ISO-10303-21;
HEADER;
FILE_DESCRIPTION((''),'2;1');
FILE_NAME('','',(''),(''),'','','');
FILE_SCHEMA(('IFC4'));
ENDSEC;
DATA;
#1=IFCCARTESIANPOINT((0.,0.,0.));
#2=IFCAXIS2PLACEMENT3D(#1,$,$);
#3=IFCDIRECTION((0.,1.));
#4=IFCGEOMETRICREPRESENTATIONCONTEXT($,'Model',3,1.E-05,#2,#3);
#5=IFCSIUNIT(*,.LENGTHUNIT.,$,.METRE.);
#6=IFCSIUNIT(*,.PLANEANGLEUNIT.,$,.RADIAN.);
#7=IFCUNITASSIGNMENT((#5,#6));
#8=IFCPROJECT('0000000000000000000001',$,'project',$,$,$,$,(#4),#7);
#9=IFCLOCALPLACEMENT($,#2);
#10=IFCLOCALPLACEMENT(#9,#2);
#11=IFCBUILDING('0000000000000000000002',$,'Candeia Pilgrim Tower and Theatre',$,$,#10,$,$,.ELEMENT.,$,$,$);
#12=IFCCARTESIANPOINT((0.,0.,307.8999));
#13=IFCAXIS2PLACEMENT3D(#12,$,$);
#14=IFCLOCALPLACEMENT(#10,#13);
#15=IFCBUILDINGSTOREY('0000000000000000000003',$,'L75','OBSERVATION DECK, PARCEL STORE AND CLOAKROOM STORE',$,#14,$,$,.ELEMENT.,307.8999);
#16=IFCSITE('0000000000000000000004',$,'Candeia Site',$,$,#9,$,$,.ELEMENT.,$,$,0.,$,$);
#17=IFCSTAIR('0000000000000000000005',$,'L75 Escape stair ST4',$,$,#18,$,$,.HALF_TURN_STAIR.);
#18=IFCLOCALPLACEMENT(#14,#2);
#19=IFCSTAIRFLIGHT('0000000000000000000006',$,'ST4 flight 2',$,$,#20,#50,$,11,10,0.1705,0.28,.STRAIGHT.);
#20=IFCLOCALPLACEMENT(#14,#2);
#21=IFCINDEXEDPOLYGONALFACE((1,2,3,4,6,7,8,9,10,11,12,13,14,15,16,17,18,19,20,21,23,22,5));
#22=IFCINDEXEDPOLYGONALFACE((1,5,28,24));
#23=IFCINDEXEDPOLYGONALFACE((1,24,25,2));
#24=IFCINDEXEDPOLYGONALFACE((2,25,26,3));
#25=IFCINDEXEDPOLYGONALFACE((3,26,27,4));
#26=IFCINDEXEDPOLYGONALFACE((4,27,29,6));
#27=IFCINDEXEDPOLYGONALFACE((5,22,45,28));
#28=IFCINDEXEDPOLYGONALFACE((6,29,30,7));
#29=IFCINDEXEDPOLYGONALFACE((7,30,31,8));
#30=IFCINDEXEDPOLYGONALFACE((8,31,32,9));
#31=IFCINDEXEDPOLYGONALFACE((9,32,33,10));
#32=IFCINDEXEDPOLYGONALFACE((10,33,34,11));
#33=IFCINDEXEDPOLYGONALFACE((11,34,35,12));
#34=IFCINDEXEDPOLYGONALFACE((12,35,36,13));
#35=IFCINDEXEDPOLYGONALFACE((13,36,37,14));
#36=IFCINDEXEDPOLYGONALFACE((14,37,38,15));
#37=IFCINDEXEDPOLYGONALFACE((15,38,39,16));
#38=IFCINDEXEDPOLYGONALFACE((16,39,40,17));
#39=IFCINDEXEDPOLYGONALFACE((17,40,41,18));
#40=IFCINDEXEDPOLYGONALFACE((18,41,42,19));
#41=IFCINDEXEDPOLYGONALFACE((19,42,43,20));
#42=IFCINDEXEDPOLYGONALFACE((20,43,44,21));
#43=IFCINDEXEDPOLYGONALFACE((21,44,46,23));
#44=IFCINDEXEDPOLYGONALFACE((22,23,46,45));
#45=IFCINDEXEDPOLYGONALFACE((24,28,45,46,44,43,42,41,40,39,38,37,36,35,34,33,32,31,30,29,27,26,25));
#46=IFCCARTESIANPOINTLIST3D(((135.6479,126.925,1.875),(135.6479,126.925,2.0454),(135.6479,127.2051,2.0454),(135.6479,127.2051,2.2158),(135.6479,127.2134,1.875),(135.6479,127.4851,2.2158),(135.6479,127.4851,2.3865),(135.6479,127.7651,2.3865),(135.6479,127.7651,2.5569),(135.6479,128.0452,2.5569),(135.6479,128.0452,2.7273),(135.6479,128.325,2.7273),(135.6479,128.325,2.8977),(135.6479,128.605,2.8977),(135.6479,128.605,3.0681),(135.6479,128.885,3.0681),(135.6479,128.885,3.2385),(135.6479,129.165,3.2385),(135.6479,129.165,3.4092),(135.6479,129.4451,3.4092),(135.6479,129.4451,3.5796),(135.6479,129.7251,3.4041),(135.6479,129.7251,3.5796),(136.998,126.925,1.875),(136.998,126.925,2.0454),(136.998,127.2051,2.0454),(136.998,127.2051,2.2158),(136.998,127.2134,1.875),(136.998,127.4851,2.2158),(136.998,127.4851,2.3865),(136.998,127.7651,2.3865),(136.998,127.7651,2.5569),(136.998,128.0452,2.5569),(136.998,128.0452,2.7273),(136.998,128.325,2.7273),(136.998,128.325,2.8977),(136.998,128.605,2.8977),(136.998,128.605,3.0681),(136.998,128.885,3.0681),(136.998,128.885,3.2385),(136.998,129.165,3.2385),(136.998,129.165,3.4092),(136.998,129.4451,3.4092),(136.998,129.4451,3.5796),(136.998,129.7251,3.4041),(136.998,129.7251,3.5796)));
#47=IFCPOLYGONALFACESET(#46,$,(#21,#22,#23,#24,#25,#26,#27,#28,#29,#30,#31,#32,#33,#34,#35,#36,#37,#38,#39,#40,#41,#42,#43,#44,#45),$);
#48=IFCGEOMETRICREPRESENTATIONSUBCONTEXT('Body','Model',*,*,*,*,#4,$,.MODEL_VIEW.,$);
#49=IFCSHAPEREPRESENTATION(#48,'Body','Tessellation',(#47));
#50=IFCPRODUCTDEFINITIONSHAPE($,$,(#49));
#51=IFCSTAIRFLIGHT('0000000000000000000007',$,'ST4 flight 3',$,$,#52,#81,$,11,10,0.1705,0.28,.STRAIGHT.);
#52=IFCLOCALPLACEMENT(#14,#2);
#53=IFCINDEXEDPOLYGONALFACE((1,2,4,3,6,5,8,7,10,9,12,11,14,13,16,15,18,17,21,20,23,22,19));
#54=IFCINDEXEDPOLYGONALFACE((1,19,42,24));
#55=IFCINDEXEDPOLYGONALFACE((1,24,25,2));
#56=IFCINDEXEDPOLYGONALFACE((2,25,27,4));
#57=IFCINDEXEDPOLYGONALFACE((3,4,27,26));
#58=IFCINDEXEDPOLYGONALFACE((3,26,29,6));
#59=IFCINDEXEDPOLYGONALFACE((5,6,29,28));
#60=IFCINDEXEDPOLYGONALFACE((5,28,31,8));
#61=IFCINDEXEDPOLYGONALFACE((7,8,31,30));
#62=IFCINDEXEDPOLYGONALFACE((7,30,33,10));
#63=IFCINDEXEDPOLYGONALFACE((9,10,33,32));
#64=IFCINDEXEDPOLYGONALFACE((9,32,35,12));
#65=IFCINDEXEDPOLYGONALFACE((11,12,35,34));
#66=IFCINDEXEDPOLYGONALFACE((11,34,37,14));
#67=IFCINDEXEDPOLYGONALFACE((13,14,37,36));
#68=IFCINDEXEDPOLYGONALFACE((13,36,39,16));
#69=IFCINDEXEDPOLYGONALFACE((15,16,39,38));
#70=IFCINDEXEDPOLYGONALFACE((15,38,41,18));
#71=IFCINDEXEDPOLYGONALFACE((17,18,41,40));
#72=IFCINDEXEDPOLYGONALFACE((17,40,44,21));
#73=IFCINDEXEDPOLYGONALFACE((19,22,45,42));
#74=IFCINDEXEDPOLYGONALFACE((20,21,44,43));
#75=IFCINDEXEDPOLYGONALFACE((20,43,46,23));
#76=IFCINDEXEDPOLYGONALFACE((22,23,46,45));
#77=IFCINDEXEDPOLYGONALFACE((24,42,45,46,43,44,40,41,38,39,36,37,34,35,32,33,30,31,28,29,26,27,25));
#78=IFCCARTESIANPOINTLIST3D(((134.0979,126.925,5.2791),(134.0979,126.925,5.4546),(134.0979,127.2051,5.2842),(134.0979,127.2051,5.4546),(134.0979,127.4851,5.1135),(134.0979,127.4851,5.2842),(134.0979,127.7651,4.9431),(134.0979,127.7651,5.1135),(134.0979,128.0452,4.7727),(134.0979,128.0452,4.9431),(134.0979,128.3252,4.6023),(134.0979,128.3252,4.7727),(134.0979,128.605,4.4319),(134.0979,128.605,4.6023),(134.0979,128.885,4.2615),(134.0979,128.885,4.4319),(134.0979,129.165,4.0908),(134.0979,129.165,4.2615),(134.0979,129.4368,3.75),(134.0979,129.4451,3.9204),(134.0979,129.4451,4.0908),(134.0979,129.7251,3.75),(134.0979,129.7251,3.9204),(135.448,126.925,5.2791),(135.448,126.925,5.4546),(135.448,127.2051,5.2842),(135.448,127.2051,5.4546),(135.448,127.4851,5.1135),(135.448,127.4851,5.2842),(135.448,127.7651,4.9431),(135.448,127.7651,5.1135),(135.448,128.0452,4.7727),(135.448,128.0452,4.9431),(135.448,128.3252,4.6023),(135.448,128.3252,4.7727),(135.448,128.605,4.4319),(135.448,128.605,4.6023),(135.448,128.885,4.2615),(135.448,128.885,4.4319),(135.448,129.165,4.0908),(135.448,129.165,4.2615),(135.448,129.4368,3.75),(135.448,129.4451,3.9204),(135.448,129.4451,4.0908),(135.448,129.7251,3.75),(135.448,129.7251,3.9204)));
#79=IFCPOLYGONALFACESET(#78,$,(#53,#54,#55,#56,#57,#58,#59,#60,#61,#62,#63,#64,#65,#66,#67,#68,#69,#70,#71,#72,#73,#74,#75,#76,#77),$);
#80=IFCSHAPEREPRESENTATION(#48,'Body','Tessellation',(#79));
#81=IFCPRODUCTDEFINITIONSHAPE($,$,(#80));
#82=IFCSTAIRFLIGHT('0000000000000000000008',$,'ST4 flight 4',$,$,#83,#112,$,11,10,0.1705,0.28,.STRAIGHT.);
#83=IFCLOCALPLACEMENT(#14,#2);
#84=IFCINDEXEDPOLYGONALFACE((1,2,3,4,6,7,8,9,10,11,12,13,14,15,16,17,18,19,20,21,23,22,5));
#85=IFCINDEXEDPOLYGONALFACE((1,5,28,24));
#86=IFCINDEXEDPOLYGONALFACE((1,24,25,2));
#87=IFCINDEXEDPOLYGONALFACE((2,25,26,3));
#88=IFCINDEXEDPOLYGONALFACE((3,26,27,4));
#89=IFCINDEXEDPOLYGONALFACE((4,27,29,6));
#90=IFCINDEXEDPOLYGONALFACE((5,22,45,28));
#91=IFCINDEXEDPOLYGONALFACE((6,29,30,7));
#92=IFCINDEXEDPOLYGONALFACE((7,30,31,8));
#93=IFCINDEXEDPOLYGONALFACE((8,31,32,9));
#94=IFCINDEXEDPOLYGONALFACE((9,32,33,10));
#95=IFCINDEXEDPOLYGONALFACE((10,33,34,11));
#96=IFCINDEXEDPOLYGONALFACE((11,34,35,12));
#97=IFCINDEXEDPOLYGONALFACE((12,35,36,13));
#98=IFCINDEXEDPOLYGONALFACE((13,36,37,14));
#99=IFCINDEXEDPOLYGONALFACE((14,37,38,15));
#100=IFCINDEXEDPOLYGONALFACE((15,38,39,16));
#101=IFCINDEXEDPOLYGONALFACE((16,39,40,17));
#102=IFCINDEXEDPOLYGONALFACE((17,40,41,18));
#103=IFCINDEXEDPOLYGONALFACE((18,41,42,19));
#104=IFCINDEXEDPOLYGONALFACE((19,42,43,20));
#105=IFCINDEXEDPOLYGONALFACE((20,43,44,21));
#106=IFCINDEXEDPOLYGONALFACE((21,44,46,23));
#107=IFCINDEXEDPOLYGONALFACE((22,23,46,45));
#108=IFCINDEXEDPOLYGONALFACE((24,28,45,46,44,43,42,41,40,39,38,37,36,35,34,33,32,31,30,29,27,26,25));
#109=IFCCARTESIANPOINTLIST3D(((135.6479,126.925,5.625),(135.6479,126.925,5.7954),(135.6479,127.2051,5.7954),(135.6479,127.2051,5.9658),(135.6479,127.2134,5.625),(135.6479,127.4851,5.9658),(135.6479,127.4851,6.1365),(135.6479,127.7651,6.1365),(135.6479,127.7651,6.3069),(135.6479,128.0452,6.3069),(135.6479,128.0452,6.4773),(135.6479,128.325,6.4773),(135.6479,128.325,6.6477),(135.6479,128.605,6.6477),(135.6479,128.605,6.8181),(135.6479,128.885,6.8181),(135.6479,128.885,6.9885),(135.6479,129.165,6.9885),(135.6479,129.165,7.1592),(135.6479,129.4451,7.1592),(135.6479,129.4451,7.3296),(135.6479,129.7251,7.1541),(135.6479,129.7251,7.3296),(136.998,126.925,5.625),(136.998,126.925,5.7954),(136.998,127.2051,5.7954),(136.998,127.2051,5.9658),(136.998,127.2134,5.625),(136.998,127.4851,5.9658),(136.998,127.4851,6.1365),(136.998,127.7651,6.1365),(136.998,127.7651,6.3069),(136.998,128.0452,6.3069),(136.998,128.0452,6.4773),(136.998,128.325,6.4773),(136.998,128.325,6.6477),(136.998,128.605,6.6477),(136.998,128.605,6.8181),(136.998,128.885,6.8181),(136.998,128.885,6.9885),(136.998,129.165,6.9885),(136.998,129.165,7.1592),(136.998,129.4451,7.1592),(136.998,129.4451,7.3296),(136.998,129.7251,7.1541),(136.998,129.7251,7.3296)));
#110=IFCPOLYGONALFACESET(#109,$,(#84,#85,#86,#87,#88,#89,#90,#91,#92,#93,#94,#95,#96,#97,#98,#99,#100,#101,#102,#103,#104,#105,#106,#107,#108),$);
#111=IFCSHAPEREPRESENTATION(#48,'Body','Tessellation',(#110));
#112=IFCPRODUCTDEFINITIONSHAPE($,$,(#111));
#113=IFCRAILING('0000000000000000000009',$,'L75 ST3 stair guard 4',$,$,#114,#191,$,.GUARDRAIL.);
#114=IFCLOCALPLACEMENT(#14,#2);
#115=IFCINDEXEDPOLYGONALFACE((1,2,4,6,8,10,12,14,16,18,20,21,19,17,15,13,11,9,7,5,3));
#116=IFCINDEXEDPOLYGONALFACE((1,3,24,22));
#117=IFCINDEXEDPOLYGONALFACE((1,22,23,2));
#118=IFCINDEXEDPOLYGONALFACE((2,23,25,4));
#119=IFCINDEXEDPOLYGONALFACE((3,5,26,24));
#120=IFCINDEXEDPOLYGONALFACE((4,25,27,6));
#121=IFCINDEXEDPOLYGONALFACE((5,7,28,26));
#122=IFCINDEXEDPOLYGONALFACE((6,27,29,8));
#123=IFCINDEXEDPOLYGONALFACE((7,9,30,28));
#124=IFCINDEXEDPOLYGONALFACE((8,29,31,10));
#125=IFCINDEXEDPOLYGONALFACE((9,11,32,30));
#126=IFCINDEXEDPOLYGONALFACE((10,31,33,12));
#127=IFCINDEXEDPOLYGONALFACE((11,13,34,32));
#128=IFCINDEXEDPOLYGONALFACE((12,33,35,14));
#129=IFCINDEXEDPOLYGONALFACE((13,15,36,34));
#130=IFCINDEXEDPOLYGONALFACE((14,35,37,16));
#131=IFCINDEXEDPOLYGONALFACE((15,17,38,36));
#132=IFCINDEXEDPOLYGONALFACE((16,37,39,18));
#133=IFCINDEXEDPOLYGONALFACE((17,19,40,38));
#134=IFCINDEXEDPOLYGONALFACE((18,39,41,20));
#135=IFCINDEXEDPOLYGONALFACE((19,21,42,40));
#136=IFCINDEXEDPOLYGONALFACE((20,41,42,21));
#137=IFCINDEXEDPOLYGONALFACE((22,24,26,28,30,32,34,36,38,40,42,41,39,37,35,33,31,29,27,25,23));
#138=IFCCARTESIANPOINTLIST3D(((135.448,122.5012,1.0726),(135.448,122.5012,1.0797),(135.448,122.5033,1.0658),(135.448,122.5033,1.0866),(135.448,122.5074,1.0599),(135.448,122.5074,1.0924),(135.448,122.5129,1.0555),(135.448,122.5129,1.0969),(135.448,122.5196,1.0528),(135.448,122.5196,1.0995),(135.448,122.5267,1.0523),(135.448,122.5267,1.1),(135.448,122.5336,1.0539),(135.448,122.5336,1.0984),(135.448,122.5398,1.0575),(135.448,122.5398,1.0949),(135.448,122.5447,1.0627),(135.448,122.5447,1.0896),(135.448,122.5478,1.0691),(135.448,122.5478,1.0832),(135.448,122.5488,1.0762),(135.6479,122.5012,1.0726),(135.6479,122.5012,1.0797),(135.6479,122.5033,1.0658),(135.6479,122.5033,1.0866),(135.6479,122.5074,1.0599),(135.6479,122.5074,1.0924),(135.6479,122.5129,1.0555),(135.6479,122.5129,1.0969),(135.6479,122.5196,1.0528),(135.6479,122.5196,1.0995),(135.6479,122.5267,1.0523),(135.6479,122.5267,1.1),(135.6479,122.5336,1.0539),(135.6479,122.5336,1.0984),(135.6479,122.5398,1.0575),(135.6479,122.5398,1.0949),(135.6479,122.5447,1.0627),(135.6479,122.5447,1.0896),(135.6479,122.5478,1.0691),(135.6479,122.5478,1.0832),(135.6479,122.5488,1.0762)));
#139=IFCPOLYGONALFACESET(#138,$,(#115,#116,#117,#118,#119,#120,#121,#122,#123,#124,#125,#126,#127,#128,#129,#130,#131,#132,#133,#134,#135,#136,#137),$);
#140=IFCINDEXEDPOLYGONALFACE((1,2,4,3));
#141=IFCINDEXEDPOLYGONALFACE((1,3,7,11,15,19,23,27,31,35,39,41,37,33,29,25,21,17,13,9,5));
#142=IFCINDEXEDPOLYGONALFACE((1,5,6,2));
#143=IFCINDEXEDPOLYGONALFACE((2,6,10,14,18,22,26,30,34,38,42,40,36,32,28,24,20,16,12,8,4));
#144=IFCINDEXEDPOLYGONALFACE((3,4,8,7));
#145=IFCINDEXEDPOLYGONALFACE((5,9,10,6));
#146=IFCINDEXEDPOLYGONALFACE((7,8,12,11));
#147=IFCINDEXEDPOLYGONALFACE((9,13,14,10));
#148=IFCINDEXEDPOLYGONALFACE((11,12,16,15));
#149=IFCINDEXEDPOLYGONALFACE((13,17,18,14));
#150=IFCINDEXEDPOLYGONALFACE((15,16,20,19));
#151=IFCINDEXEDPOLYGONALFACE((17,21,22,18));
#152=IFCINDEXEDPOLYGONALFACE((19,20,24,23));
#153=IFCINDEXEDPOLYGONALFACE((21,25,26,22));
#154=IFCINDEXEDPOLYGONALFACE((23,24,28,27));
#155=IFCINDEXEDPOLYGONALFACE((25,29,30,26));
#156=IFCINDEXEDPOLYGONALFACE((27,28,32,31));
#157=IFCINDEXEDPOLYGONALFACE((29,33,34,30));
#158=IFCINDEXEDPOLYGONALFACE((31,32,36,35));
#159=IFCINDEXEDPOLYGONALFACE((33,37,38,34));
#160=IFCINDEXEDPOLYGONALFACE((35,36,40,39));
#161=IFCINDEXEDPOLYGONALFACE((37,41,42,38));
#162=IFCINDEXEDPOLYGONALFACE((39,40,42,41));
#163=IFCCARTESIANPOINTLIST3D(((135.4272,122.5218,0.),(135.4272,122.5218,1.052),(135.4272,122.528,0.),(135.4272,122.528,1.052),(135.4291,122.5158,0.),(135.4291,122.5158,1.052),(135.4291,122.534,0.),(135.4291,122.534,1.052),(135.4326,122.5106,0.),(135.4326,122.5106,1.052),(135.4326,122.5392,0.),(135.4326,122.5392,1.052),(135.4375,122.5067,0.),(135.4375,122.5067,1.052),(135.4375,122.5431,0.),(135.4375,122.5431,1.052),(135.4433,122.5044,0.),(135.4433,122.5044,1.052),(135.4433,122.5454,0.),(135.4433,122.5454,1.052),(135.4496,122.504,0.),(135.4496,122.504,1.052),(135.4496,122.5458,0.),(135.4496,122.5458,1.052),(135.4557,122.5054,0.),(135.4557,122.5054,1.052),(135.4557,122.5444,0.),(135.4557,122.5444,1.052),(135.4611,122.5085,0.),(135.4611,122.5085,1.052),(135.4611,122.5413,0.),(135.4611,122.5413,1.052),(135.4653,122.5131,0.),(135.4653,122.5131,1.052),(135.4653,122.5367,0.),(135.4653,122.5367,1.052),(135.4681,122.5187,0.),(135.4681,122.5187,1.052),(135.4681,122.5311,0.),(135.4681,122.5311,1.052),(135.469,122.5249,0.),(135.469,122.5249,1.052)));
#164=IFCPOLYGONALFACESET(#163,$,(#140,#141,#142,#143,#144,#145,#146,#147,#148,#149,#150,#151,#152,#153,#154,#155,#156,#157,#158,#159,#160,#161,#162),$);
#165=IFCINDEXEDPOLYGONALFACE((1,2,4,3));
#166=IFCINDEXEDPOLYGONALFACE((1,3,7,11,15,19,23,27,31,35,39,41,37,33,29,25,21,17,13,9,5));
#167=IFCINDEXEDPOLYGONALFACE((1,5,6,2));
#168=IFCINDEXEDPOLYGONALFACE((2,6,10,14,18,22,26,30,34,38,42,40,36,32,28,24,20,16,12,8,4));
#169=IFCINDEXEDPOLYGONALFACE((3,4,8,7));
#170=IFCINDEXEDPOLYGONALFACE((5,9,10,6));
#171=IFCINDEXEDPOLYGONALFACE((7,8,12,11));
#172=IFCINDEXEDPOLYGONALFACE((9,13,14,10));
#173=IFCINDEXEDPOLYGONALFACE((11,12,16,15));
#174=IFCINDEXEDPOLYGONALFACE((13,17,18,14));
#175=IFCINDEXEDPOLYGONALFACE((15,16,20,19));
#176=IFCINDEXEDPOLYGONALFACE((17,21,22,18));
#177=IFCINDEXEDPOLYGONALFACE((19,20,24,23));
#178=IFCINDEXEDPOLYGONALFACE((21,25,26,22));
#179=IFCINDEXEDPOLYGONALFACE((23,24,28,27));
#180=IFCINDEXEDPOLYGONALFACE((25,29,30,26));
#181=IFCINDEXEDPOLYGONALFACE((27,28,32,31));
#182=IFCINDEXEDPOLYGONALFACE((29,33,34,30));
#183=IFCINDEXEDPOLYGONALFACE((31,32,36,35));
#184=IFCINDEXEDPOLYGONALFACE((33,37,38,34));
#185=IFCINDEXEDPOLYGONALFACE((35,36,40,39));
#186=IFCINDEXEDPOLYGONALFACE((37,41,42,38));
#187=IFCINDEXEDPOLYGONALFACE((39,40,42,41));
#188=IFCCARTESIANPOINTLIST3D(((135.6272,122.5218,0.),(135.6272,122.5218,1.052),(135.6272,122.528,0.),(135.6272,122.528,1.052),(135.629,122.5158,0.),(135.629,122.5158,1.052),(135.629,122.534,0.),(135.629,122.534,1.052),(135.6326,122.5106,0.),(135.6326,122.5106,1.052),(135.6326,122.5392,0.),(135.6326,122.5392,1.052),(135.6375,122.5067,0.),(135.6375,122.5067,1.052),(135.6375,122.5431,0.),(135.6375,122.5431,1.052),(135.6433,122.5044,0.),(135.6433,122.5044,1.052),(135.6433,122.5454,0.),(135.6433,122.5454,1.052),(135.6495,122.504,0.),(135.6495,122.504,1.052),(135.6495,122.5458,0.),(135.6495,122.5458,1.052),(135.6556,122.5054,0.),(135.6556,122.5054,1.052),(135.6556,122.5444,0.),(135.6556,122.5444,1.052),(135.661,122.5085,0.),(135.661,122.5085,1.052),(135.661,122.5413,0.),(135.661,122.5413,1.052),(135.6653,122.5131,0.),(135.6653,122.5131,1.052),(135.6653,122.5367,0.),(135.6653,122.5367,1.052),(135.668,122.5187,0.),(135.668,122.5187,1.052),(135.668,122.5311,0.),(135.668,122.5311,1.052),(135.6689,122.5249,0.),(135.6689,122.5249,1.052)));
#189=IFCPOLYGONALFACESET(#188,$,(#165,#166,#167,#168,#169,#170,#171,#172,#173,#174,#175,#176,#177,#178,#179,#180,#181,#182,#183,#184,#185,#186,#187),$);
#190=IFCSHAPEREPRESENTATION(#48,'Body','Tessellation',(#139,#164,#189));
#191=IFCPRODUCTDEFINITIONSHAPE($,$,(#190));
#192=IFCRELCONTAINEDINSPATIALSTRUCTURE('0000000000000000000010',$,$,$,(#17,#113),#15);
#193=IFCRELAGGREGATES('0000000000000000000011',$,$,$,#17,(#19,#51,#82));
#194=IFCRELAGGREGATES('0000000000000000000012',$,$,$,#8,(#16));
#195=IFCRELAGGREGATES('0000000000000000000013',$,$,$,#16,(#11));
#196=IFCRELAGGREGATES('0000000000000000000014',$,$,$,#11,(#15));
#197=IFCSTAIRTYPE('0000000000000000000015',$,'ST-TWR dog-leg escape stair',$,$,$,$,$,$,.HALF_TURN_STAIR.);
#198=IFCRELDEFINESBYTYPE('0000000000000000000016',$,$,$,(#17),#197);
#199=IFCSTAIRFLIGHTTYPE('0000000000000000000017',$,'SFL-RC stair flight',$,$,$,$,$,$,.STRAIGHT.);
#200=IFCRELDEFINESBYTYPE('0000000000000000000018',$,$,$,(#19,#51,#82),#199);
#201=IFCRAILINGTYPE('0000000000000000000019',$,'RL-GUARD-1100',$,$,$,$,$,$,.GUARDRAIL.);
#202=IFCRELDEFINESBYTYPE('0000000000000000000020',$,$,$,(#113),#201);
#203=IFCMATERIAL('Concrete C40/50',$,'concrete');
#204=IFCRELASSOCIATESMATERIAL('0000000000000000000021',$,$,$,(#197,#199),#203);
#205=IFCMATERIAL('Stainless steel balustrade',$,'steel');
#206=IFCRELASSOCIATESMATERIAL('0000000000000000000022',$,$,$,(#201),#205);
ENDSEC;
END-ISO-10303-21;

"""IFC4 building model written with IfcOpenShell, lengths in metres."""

from ifc_helpers import new_model, si_unit, direction, frame, origin, origin_2d, place, context, subcontext, project, spatial, polyline, circle, outline, extrude, material, type_object, element, aggregate, save


model = new_model("IFC4")

# Units and contexts
model_context = context("Model", 3, precision=1e-05, world=origin(), true_north=direction((0.0, 1.0)))
body_context = subcontext(model_context, "Body", "Model", "MODEL_VIEW")
ifc_project = project(units=[si_unit("LENGTHUNIT", "METRE"), si_unit("PLANEANGLEUNIT", "RADIAN")], contexts=[model_context])

# Site, building, storey
site_placement = place(None, origin())
site = spatial("IfcSite", under=ifc_project, at=site_placement, Name="Candeia Site", CompositionType="ELEMENT", RefElevation=0.0)
building_placement = place(site_placement, origin())
building = spatial("IfcBuilding", under=site, at=building_placement, Name="Candeia Pilgrim Tower and Theatre", CompositionType="ELEMENT")
storey_placement = place(building_placement, frame((0.0, 0.0, 307.8999)))
storey = spatial("IfcBuildingStorey", under=building, at=storey_placement, Name="L75", Description="OBSERVATION DECK, PARCEL STORE AND CLOAKROOM STORE", CompositionType="ELEMENT", Elevation=307.8999)

# Shared definitions
ifc_material_1 = material(Name="Concrete C40/50", Category="concrete")

# Stair, stair flights
stair_type = type_object("IfcStairType", Name="ST-TWR dog-leg escape stair", PredefinedType="HALF_TURN_STAIR", material=ifc_material_1)
stair_placement = place(storey_placement, origin())
stair = element("IfcStair", 1, at=stair_placement, inside=storey, type_object=stair_type, Name="L75 Escape stair ST4", PredefinedType="HALF_TURN_STAIR")
stair_flight_type = type_object("IfcStairFlightType", Name="SFL-RC stair flight", PredefinedType="STRAIGHT", material=ifc_material_1)
stair_flight_1_placement = place(storey_placement, frame((136.323, 126.925, 1.875), z_axis=(0.0, 0.0, 1.0), x_axis=(0.0, 1.0, 0.0)))
stair_flight_1 = element("IfcStairFlight", 2, at=stair_flight_1_placement, type_object=stair_flight_type, Name="ST4 flight 2", NumberOfRisers=11, NumberOfTreads=10, PredefinedType="STRAIGHT", RiserHeight=0.1705, TreadLength=0.28, context=body_context, shape_type="SweptSolid", body=[
    extrude(outline(polyline([(0.0, 0.0), (0.0, 0.1704), (0.28, 0.1704), (0.28, 0.3408), (0.5601, 0.3408), (0.5601, 0.5115), (0.8401, 0.5115), (0.8401, 0.6819), (1.1201, 0.6819), (1.1201, 0.8523), (1.3999, 0.8523), (1.3999, 1.0227), (1.6799, 1.0227), (1.6799, 1.1931), (1.96, 1.1931), (1.96, 1.3635), (2.24, 1.3635), (2.24, 1.5342), (2.52, 1.5342), (2.52, 1.7046), (2.8, 1.7046), (2.8, 1.875), (2.8, 1.5291), (0.2883, 0.0), (0.0, 0.0)])), frame((0.0, 0.675, 0.0), z_axis=(0.0, -1.0, 0.0), x_axis=(1.0, 0.0, 0.0)), (0.0, 0.0, 1.0), 1.3501),
])
stair_flight_2_placement = place(storey_placement, frame((134.7729, 129.7251, 3.75), z_axis=(0.0, 0.0, 1.0), x_axis=(0.0, -1.0, 0.0)))
stair_flight_2 = element("IfcStairFlight", 3, at=stair_flight_2_placement, type_object=stair_flight_type, Name="ST4 flight 3", NumberOfRisers=11, NumberOfTreads=10, PredefinedType="STRAIGHT", RiserHeight=0.1705, TreadLength=0.28, context=body_context, shape_type="SweptSolid", body=[
    extrude(outline(polyline([(0.0, 0.0), (0.0, 0.1704), (0.28, 0.1704), (0.28, 0.3408), (0.5601, 0.3408), (0.5601, 0.5115), (0.8401, 0.5115), (0.8401, 0.6819), (1.1201, 0.6819), (1.1201, 0.8523), (1.3999, 0.8523), (1.3999, 1.0227), (1.6799, 1.0227), (1.6799, 1.1931), (1.96, 1.1931), (1.96, 1.3635), (2.24, 1.3635), (2.24, 1.5342), (2.52, 1.5342), (2.52, 1.7046), (2.8, 1.7046), (2.8, 1.875), (2.8, 1.5291), (0.2883, 0.0), (0.0, 0.0)])), frame((0.0, 0.675, 0.0), z_axis=(0.0, -1.0, 0.0), x_axis=(1.0, 0.0, 0.0)), (0.0, 0.0, 1.0), 1.3501),
])
stair_flight_3_placement = place(storey_placement, frame((136.323, 126.925, 5.625), z_axis=(0.0, 0.0, 1.0), x_axis=(0.0, 1.0, 0.0)))
stair_flight_3 = element("IfcStairFlight", 4, at=stair_flight_3_placement, type_object=stair_flight_type, Name="ST4 flight 4", NumberOfRisers=11, NumberOfTreads=10, PredefinedType="STRAIGHT", RiserHeight=0.1705, TreadLength=0.28, context=body_context, shape_type="SweptSolid", body=[
    extrude(outline(polyline([(0.0, 0.0), (0.0, 0.1704), (0.28, 0.1704), (0.28, 0.3408), (0.5601, 0.3408), (0.5601, 0.5115), (0.8401, 0.5115), (0.8401, 0.6819), (1.1201, 0.6819), (1.1201, 0.8523), (1.3999, 0.8523), (1.3999, 1.0227), (1.6799, 1.0227), (1.6799, 1.1931), (1.96, 1.1931), (1.96, 1.3635), (2.24, 1.3635), (2.24, 1.5342), (2.52, 1.5342), (2.52, 1.7046), (2.8, 1.7046), (2.8, 1.875), (2.8, 1.5291), (0.2883, 0.0), (0.0, 0.0)])), frame((0.0, 0.675, 0.0), z_axis=(0.0, -1.0, 0.0), x_axis=(1.0, 0.0, 0.0)), (0.0, 0.0, 1.0), 1.3501),
])
aggregate(stair, [stair_flight_1, stair_flight_2, stair_flight_3])

# Railing
ifc_material_2 = material(Name="Stainless steel balustrade", Category="steel")
railing_type_1 = type_object("IfcRailingType", Name="RL-GUARD-1100", PredefinedType="GUARDRAIL", material=ifc_material_2)
railing_1_placement = place(storey_placement, frame((135.448, 122.5249, 0.0)))
element("IfcRailing", 5, at=railing_1_placement, inside=storey, type_object=railing_type_1, Name="L75 ST3 stair guard 4", PredefinedType="GUARDRAIL", context=body_context, shape_type="SweptSolid", body=[
    extrude(circle(Radius=0.0239, at=origin_2d()), frame((0.0, 0.0, 1.0762), z_axis=(1.0, 0.0, 0.0), x_axis=(0.0, 1.0, 0.0)), (0.0, 0.0, 1.0), 0.2),
    extrude(circle(Radius=0.021, at=origin_2d()), origin(), (0.0, 0.0, 1.0), 1.052),
    extrude(circle(Radius=0.021, at=origin_2d()), frame((0.2, 0.0, 0.0)), (0.0, 0.0, 1.0), 1.052),
])

save(model, "model.ifc")
